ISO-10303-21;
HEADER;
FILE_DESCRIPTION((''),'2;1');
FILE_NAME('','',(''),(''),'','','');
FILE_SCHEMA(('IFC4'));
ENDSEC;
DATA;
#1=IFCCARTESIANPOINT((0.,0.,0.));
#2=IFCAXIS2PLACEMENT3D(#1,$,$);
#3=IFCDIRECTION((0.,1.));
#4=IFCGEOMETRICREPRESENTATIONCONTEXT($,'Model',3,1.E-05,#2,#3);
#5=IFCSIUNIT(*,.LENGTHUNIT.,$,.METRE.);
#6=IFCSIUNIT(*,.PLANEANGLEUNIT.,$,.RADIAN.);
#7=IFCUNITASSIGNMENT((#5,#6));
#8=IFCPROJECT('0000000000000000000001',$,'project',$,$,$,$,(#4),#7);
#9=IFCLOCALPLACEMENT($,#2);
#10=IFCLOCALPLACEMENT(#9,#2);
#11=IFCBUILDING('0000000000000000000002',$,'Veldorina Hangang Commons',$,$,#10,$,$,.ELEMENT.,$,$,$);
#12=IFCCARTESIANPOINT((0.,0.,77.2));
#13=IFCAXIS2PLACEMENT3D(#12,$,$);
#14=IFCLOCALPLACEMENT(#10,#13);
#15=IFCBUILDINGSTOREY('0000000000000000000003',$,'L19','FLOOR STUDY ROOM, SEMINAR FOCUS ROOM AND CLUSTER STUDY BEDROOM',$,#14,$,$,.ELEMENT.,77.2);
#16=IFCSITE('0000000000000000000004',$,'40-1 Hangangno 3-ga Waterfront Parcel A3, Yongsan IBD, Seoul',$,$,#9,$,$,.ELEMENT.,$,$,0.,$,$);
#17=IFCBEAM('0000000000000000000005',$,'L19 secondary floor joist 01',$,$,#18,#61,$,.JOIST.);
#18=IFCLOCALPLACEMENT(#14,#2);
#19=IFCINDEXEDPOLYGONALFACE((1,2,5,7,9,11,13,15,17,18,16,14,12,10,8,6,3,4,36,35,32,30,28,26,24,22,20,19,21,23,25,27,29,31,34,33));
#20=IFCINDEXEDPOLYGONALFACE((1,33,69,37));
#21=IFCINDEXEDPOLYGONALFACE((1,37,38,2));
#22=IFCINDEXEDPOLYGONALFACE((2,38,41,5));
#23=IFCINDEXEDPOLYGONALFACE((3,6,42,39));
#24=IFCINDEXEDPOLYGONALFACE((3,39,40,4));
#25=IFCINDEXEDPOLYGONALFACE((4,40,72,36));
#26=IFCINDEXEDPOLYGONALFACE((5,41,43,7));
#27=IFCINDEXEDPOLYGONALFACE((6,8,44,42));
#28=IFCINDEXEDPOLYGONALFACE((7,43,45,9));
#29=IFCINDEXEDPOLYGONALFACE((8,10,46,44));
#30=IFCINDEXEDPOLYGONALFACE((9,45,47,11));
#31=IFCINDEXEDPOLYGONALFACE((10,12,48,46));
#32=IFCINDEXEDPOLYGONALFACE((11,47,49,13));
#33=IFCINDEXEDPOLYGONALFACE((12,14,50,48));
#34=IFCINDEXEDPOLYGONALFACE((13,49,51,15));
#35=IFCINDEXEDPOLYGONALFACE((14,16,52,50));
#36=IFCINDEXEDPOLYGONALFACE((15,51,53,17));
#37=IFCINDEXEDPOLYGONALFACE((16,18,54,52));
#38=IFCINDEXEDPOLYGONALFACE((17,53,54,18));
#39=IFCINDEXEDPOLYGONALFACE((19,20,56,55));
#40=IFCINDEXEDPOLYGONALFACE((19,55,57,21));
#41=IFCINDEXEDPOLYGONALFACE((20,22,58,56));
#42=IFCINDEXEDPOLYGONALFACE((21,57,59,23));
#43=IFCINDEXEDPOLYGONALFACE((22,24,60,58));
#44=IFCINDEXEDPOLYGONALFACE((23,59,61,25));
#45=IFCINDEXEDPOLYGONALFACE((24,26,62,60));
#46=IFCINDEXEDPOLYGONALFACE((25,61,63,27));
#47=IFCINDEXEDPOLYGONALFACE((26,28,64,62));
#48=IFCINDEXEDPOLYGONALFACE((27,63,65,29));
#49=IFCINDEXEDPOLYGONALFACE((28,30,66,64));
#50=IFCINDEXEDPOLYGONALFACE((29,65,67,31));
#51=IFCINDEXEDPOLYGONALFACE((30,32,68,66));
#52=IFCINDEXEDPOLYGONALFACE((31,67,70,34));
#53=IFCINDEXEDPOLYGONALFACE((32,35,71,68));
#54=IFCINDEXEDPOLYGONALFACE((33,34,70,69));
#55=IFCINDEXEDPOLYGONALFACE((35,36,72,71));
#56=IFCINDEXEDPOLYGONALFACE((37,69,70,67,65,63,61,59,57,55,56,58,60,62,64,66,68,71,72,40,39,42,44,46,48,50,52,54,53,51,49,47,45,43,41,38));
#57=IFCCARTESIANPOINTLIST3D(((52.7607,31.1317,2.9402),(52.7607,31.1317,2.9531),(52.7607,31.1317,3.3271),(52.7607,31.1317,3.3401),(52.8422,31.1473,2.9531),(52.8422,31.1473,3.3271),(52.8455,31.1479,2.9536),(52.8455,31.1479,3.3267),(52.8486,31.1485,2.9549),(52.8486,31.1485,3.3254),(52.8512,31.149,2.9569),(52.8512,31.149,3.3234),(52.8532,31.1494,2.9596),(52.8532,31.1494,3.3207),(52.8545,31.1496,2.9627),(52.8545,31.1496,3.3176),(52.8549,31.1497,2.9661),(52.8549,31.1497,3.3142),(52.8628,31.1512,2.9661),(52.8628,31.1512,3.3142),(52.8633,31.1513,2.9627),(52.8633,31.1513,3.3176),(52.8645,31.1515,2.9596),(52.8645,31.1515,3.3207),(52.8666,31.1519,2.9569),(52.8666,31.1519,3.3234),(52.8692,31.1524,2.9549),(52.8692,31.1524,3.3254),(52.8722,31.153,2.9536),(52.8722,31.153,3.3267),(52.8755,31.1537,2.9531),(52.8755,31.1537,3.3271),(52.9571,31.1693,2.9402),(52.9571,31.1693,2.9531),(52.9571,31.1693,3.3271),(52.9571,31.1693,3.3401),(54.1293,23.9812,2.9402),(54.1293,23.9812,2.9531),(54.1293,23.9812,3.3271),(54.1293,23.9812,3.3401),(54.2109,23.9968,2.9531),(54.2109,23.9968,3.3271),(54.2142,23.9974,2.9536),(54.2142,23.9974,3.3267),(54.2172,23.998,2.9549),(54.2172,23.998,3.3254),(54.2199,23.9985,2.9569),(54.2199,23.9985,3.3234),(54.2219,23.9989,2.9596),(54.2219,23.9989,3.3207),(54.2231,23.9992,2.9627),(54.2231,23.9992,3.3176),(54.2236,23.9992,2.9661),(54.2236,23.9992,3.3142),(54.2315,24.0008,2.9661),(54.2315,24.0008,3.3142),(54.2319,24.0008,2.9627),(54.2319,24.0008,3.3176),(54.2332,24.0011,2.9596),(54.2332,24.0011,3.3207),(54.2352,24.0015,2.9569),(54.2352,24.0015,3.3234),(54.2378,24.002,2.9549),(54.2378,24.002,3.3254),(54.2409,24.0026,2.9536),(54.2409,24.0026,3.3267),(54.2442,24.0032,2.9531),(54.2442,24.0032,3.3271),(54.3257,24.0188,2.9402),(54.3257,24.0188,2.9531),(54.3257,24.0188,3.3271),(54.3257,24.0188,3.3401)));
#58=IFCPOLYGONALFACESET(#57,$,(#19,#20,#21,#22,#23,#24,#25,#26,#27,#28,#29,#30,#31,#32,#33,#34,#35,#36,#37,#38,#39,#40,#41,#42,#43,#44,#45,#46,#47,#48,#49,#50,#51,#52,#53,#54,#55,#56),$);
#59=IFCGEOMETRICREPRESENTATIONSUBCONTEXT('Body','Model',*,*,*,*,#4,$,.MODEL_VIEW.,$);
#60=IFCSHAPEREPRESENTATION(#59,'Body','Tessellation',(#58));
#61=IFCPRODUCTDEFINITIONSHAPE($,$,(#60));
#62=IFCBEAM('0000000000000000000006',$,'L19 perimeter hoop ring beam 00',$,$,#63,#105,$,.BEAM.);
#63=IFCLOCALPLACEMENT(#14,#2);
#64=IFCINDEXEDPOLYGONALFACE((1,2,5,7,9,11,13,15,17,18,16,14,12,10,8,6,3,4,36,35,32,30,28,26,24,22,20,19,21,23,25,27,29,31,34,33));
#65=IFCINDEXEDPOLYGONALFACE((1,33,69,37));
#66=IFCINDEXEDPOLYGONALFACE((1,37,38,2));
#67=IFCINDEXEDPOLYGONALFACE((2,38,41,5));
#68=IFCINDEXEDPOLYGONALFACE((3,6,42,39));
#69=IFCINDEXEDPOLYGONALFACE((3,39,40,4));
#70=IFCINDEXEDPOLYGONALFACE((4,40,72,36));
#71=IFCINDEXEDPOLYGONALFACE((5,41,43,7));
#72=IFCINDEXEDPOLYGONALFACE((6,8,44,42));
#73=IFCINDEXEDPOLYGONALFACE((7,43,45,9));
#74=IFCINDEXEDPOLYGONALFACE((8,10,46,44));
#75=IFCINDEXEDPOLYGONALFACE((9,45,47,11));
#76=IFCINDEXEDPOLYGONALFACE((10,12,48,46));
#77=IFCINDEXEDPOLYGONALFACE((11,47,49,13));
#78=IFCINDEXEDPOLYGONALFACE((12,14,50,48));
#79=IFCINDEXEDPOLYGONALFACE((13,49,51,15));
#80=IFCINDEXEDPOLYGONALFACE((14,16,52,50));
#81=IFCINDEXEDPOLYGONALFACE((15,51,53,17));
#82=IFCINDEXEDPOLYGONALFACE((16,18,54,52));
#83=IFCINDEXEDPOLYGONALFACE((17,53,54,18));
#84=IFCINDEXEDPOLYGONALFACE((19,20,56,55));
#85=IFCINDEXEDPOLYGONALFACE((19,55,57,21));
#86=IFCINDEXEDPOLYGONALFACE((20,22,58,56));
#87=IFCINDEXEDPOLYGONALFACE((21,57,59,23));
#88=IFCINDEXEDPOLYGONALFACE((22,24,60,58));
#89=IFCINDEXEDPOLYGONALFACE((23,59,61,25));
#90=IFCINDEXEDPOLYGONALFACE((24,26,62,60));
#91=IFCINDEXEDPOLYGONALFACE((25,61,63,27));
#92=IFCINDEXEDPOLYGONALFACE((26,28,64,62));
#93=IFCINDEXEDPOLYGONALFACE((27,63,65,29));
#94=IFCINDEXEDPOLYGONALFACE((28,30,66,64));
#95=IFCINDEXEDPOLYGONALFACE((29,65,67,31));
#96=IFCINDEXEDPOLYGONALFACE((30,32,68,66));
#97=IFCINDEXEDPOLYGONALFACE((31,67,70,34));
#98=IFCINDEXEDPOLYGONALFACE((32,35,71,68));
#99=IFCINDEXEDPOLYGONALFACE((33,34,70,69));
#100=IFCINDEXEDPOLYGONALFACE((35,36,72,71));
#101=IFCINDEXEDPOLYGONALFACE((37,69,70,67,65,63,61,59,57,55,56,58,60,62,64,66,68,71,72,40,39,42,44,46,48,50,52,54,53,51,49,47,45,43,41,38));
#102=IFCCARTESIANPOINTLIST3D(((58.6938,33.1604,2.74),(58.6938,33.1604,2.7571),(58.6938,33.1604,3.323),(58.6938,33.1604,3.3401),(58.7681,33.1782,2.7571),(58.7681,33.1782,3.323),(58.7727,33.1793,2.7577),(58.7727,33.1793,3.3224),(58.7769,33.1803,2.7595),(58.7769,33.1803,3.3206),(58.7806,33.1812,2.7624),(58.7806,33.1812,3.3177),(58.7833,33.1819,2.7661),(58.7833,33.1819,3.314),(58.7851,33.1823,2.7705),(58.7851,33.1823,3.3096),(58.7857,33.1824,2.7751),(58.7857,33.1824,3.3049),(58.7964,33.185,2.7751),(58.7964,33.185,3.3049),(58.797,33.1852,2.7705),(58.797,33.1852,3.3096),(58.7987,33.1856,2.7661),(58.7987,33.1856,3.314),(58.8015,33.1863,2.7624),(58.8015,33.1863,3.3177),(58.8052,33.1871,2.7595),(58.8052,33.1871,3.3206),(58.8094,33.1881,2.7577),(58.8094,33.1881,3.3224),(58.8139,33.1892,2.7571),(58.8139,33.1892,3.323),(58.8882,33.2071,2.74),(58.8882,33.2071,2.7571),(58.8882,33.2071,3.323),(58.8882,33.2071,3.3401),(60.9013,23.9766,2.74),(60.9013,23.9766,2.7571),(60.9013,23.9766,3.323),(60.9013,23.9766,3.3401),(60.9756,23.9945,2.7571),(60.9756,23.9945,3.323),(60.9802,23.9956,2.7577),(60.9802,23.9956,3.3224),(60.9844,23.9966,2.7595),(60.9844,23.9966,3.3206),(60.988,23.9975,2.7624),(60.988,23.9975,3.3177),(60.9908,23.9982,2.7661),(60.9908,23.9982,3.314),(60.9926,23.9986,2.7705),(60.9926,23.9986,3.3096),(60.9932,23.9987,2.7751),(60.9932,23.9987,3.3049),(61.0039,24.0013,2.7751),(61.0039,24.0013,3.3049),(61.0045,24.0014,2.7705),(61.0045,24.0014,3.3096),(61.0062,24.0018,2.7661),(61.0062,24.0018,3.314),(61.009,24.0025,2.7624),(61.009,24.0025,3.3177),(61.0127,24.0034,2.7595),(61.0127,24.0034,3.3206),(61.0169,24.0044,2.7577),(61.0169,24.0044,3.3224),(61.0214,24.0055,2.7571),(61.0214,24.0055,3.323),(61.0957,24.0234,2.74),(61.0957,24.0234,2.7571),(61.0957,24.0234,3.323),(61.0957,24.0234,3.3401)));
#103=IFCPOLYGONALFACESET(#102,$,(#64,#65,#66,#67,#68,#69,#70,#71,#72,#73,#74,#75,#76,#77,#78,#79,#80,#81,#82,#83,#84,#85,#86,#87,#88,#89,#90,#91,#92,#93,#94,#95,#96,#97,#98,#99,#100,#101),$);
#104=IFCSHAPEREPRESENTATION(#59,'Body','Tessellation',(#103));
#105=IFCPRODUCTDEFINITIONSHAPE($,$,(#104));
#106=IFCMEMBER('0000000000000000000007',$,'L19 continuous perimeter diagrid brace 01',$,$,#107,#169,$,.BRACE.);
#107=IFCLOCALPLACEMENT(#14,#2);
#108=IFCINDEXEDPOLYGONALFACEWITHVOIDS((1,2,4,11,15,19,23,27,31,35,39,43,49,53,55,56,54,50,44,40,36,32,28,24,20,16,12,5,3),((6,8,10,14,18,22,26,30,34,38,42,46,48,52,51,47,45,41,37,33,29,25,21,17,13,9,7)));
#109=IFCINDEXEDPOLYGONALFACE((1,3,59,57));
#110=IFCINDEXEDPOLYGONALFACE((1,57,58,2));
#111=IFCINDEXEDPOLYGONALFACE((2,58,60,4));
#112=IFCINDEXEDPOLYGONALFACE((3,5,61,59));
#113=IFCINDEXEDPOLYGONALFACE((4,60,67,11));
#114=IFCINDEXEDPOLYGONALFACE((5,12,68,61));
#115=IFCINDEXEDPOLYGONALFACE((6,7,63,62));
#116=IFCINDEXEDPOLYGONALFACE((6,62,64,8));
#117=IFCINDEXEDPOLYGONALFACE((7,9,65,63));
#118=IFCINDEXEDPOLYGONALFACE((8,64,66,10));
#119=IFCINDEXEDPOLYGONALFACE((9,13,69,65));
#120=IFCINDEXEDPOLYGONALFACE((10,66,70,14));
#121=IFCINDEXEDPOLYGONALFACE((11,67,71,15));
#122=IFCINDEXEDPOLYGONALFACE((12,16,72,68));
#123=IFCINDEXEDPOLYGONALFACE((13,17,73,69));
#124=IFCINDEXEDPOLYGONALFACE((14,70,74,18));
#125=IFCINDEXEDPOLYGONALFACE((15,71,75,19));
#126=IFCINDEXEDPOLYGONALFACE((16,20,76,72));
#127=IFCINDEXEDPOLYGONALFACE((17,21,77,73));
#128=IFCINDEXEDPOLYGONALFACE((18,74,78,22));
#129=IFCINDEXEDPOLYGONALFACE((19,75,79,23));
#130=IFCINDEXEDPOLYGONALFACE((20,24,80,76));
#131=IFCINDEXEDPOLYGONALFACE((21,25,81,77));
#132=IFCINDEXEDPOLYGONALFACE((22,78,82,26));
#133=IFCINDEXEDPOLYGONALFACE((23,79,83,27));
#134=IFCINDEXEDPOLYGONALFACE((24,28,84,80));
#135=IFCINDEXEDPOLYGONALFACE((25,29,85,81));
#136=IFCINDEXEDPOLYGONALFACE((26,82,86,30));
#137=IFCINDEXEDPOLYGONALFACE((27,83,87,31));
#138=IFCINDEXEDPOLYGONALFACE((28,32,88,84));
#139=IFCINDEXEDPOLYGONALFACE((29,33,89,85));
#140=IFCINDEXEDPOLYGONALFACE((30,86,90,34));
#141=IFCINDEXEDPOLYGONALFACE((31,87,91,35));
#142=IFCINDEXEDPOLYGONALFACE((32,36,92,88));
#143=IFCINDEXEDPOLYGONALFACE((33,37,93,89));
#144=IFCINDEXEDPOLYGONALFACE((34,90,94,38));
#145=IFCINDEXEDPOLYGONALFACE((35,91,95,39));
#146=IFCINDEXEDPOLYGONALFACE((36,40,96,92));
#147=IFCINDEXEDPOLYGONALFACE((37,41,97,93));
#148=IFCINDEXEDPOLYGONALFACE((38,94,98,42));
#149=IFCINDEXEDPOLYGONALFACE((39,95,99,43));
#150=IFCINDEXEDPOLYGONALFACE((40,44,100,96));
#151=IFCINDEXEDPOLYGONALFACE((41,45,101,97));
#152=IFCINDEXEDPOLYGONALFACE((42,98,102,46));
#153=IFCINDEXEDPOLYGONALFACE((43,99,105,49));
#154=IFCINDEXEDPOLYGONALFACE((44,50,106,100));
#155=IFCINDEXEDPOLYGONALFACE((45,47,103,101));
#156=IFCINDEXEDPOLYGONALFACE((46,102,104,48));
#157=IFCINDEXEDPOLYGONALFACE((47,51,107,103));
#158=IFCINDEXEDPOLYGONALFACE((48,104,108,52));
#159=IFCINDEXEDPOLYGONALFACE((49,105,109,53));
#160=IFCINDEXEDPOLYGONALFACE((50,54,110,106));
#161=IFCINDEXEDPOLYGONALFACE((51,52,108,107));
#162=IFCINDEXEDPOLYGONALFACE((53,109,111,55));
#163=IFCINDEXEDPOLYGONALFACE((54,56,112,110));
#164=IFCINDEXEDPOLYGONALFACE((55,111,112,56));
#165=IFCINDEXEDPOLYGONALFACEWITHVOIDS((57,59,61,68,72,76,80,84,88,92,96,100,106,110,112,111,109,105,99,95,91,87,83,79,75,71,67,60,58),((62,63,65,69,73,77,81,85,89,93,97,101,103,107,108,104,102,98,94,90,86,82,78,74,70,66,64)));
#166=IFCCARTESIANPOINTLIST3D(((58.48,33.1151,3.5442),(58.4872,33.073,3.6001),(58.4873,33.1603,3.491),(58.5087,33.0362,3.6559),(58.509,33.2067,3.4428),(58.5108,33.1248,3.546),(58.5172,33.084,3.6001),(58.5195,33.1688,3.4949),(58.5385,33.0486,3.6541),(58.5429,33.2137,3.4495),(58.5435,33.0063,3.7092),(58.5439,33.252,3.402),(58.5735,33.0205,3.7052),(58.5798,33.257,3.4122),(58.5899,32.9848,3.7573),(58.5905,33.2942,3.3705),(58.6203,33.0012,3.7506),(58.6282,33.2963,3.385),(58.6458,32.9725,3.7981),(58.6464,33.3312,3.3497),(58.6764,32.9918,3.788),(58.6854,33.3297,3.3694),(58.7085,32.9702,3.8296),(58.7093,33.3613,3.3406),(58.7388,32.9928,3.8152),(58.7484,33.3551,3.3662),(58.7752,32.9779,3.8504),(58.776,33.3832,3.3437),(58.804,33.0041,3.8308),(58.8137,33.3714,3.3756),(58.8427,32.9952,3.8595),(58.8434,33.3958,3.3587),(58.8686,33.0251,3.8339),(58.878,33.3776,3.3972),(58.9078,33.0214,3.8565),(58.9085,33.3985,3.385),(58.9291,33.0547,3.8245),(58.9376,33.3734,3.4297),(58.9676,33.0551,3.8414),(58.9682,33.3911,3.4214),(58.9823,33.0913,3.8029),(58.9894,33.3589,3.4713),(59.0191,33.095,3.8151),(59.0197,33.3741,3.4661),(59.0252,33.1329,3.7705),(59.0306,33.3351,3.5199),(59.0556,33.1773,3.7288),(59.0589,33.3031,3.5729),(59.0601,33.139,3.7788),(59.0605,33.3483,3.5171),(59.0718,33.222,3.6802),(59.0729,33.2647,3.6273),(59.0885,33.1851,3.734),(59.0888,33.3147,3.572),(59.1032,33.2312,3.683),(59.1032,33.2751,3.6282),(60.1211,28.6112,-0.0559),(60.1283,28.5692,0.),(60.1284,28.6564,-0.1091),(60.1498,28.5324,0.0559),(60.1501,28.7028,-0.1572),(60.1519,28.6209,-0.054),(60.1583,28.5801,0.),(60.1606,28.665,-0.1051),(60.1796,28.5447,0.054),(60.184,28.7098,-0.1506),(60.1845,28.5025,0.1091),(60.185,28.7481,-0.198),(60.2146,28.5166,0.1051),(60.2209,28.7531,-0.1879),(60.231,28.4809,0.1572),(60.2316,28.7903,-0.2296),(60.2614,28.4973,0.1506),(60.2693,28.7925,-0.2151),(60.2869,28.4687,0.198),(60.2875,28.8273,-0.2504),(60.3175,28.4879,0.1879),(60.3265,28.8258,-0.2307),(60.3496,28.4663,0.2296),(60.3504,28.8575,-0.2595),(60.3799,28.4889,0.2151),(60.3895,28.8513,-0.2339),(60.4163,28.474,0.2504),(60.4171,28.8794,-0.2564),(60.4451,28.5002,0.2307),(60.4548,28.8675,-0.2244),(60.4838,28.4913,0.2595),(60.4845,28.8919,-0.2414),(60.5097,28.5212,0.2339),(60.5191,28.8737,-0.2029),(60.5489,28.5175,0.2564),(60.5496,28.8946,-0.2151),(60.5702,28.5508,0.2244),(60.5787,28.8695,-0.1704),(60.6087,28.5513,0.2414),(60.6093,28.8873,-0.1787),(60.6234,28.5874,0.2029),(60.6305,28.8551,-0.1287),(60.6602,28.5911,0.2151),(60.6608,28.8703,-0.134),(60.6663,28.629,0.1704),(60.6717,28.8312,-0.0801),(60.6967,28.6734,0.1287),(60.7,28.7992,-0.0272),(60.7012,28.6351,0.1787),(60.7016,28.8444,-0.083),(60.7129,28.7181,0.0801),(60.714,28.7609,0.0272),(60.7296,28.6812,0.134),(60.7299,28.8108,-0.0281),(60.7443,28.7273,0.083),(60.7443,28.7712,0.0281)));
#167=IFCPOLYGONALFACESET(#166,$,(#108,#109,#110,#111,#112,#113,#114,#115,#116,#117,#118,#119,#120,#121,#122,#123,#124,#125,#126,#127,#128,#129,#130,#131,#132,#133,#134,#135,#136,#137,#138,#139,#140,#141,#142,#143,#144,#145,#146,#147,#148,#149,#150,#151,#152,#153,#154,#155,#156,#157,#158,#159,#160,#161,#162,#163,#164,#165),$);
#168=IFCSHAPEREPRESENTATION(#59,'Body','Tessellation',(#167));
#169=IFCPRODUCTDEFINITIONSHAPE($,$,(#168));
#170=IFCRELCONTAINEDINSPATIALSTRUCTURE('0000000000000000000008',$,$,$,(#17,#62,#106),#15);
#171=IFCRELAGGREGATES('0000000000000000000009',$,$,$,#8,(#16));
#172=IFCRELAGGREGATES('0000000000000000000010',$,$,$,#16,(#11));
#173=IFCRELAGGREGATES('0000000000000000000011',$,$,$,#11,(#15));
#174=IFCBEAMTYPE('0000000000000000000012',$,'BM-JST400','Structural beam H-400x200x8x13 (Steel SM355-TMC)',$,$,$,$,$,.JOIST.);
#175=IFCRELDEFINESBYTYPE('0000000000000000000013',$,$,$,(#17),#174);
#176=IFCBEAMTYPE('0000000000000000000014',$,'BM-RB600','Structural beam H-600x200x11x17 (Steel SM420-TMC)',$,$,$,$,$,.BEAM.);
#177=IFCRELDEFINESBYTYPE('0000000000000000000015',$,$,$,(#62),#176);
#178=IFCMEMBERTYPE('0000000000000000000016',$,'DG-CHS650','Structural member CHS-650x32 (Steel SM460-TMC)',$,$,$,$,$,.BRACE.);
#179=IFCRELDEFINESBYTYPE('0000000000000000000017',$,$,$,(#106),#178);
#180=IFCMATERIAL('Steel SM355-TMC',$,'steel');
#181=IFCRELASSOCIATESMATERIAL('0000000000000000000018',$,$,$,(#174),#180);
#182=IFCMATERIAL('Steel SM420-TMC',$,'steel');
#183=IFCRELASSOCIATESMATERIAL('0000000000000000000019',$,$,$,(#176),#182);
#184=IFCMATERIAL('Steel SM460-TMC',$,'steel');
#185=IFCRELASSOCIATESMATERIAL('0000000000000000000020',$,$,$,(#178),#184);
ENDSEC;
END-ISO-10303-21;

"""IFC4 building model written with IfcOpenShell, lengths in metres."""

from ifc_helpers import new_model, si_unit, direction, frame, origin, origin_2d, place, context, subcontext, project, spatial, hollow_circle, i_section, extrude, material, material_profile, profile_set, type_object, element, save


model = new_model("IFC4")

# Units and contexts
model_context = context("Model", 3, precision=1e-05, world=origin(), true_north=direction((0.0, 1.0)))
body_context = subcontext(model_context, "Body", "Model", "MODEL_VIEW")
ifc_project = project(units=[si_unit("LENGTHUNIT", "METRE"), si_unit("PLANEANGLEUNIT", "RADIAN")], contexts=[model_context])

# Site, building, storey
site_placement = place(None, origin())
site = spatial("IfcSite", under=ifc_project, at=site_placement, Name="40-1 Hangangno 3-ga Waterfront Parcel A3, Yongsan IBD, Seoul", CompositionType="ELEMENT", RefElevation=0.0)
building_placement = place(site_placement, origin())
building = spatial("IfcBuilding", under=site, at=building_placement, Name="Veldorina Hangang Commons", CompositionType="ELEMENT")
storey_placement = place(building_placement, frame((0.0, 0.0, 77.2)))
storey = spatial("IfcBuildingStorey", under=building, at=storey_placement, Name="L19", Description="FLOOR STUDY ROOM, SEMINAR FOCUS ROOM AND CLUSTER STUDY BEDROOM", CompositionType="ELEMENT", Elevation=77.2)

# Beams
ifc_material_1 = material(Name="Steel SM355-TMC", Category="steel")
ifc_material_profile_1 = material_profile(ifc_material_1, i_section(OverallWidth=0.2, OverallDepth=0.3999, WebThickness=0.0081, FlangeThickness=0.0129, FilletRadius=0.0129, at=origin_2d()), Name="H-400x200x8x13")
ifc_profile_set_1 = profile_set([ifc_material_profile_1], Name="Steel SM355-TMC")
beam_type_1 = type_object("IfcBeamType", Name="BM-JST400", Description="Structural beam H-400x200x8x13 (Steel SM355-TMC)", PredefinedType="JOIST", material=ifc_profile_set_1)
beam_1_placement = place(storey_placement, frame((54.2275, 24.0, 3.1401), z_axis=(-0.187997, 0.98217, 0.0), x_axis=(-0.98217, -0.187997, 0.0)))
element("IfcBeam", 1, at=beam_1_placement, inside=storey, type_object=beam_type_1, Name="L19 secondary floor joist 01", PredefinedType="JOIST", context=body_context, shape_type="SweptSolid", body=[
    extrude(i_section(OverallWidth=0.2, OverallDepth=0.3999, WebThickness=0.0081, FlangeThickness=0.0129, FilletRadius=0.0129, at=origin_2d()), origin(), (0.0, 0.0, 1.0), 7.2803),
])
ifc_material_2 = material(Name="Steel SM420-TMC", Category="steel")
ifc_material_profile_2 = material_profile(ifc_material_2, i_section(OverallWidth=0.2, OverallDepth=0.6001, WebThickness=0.011, FlangeThickness=0.0171, FilletRadius=0.0181, at=origin_2d()), Name="H-600x200x11x17")
ifc_profile_set_2 = profile_set([ifc_material_profile_2], Name="Steel SM420-TMC")
beam_type_2 = type_object("IfcBeamType", Name="BM-RB600", Description="Structural beam H-600x200x11x17 (Steel SM420-TMC)", PredefinedType="BEAM", material=ifc_profile_set_2)
beam_2_placement = place(storey_placement, frame((60.9985, 24.0, 3.04), z_axis=(-0.233713, 0.972306, 0.0), x_axis=(-0.972306, -0.233713, 0.0)))
element("IfcBeam", 2, at=beam_2_placement, inside=storey, type_object=beam_type_2, Name="L19 perimeter hoop ring beam 00", PredefinedType="BEAM", context=body_context, shape_type="SweptSolid", body=[
    extrude(i_section(OverallWidth=0.2, OverallDepth=0.6001, WebThickness=0.011, FlangeThickness=0.0171, FilletRadius=0.0181, at=origin_2d()), origin(), (0.0, 0.0, 1.0), 9.4453),
])

# Member
ifc_material_3 = material(Name="Steel SM460-TMC", Category="steel")
ifc_material_profile_3 = material_profile(ifc_material_3, hollow_circle(Radius=0.325, WallThickness=0.032, at=origin_2d()), Name="CHS-650x32")
ifc_profile_set_3 = profile_set([ifc_material_profile_3], Name="Steel SM460-TMC")
member_type = type_object("IfcMemberType", Name="DG-CHS650", Description="Structural member CHS-650x32 (Steel SM460-TMC)", PredefinedType="BRACE", material=ifc_profile_set_3)
member_1_placement = place(storey_placement, frame((60.4336, 28.6804, 0.0), z_axis=(-0.27375, 0.751286, 0.600524), x_axis=(-0.93957, -0.342356, 0.0)))
element("IfcMember", 3, at=member_1_placement, inside=storey, type_object=member_type, Name="L19 continuous perimeter diagrid brace 01", PredefinedType="BRACE", context=body_context, shape_type="SweptSolid", body=[
    extrude(hollow_circle(Radius=0.325, WallThickness=0.032, at=origin_2d()), origin(), (0.0, 0.0, 1.0), 5.9949),
])

save(model, "model.ifc")
